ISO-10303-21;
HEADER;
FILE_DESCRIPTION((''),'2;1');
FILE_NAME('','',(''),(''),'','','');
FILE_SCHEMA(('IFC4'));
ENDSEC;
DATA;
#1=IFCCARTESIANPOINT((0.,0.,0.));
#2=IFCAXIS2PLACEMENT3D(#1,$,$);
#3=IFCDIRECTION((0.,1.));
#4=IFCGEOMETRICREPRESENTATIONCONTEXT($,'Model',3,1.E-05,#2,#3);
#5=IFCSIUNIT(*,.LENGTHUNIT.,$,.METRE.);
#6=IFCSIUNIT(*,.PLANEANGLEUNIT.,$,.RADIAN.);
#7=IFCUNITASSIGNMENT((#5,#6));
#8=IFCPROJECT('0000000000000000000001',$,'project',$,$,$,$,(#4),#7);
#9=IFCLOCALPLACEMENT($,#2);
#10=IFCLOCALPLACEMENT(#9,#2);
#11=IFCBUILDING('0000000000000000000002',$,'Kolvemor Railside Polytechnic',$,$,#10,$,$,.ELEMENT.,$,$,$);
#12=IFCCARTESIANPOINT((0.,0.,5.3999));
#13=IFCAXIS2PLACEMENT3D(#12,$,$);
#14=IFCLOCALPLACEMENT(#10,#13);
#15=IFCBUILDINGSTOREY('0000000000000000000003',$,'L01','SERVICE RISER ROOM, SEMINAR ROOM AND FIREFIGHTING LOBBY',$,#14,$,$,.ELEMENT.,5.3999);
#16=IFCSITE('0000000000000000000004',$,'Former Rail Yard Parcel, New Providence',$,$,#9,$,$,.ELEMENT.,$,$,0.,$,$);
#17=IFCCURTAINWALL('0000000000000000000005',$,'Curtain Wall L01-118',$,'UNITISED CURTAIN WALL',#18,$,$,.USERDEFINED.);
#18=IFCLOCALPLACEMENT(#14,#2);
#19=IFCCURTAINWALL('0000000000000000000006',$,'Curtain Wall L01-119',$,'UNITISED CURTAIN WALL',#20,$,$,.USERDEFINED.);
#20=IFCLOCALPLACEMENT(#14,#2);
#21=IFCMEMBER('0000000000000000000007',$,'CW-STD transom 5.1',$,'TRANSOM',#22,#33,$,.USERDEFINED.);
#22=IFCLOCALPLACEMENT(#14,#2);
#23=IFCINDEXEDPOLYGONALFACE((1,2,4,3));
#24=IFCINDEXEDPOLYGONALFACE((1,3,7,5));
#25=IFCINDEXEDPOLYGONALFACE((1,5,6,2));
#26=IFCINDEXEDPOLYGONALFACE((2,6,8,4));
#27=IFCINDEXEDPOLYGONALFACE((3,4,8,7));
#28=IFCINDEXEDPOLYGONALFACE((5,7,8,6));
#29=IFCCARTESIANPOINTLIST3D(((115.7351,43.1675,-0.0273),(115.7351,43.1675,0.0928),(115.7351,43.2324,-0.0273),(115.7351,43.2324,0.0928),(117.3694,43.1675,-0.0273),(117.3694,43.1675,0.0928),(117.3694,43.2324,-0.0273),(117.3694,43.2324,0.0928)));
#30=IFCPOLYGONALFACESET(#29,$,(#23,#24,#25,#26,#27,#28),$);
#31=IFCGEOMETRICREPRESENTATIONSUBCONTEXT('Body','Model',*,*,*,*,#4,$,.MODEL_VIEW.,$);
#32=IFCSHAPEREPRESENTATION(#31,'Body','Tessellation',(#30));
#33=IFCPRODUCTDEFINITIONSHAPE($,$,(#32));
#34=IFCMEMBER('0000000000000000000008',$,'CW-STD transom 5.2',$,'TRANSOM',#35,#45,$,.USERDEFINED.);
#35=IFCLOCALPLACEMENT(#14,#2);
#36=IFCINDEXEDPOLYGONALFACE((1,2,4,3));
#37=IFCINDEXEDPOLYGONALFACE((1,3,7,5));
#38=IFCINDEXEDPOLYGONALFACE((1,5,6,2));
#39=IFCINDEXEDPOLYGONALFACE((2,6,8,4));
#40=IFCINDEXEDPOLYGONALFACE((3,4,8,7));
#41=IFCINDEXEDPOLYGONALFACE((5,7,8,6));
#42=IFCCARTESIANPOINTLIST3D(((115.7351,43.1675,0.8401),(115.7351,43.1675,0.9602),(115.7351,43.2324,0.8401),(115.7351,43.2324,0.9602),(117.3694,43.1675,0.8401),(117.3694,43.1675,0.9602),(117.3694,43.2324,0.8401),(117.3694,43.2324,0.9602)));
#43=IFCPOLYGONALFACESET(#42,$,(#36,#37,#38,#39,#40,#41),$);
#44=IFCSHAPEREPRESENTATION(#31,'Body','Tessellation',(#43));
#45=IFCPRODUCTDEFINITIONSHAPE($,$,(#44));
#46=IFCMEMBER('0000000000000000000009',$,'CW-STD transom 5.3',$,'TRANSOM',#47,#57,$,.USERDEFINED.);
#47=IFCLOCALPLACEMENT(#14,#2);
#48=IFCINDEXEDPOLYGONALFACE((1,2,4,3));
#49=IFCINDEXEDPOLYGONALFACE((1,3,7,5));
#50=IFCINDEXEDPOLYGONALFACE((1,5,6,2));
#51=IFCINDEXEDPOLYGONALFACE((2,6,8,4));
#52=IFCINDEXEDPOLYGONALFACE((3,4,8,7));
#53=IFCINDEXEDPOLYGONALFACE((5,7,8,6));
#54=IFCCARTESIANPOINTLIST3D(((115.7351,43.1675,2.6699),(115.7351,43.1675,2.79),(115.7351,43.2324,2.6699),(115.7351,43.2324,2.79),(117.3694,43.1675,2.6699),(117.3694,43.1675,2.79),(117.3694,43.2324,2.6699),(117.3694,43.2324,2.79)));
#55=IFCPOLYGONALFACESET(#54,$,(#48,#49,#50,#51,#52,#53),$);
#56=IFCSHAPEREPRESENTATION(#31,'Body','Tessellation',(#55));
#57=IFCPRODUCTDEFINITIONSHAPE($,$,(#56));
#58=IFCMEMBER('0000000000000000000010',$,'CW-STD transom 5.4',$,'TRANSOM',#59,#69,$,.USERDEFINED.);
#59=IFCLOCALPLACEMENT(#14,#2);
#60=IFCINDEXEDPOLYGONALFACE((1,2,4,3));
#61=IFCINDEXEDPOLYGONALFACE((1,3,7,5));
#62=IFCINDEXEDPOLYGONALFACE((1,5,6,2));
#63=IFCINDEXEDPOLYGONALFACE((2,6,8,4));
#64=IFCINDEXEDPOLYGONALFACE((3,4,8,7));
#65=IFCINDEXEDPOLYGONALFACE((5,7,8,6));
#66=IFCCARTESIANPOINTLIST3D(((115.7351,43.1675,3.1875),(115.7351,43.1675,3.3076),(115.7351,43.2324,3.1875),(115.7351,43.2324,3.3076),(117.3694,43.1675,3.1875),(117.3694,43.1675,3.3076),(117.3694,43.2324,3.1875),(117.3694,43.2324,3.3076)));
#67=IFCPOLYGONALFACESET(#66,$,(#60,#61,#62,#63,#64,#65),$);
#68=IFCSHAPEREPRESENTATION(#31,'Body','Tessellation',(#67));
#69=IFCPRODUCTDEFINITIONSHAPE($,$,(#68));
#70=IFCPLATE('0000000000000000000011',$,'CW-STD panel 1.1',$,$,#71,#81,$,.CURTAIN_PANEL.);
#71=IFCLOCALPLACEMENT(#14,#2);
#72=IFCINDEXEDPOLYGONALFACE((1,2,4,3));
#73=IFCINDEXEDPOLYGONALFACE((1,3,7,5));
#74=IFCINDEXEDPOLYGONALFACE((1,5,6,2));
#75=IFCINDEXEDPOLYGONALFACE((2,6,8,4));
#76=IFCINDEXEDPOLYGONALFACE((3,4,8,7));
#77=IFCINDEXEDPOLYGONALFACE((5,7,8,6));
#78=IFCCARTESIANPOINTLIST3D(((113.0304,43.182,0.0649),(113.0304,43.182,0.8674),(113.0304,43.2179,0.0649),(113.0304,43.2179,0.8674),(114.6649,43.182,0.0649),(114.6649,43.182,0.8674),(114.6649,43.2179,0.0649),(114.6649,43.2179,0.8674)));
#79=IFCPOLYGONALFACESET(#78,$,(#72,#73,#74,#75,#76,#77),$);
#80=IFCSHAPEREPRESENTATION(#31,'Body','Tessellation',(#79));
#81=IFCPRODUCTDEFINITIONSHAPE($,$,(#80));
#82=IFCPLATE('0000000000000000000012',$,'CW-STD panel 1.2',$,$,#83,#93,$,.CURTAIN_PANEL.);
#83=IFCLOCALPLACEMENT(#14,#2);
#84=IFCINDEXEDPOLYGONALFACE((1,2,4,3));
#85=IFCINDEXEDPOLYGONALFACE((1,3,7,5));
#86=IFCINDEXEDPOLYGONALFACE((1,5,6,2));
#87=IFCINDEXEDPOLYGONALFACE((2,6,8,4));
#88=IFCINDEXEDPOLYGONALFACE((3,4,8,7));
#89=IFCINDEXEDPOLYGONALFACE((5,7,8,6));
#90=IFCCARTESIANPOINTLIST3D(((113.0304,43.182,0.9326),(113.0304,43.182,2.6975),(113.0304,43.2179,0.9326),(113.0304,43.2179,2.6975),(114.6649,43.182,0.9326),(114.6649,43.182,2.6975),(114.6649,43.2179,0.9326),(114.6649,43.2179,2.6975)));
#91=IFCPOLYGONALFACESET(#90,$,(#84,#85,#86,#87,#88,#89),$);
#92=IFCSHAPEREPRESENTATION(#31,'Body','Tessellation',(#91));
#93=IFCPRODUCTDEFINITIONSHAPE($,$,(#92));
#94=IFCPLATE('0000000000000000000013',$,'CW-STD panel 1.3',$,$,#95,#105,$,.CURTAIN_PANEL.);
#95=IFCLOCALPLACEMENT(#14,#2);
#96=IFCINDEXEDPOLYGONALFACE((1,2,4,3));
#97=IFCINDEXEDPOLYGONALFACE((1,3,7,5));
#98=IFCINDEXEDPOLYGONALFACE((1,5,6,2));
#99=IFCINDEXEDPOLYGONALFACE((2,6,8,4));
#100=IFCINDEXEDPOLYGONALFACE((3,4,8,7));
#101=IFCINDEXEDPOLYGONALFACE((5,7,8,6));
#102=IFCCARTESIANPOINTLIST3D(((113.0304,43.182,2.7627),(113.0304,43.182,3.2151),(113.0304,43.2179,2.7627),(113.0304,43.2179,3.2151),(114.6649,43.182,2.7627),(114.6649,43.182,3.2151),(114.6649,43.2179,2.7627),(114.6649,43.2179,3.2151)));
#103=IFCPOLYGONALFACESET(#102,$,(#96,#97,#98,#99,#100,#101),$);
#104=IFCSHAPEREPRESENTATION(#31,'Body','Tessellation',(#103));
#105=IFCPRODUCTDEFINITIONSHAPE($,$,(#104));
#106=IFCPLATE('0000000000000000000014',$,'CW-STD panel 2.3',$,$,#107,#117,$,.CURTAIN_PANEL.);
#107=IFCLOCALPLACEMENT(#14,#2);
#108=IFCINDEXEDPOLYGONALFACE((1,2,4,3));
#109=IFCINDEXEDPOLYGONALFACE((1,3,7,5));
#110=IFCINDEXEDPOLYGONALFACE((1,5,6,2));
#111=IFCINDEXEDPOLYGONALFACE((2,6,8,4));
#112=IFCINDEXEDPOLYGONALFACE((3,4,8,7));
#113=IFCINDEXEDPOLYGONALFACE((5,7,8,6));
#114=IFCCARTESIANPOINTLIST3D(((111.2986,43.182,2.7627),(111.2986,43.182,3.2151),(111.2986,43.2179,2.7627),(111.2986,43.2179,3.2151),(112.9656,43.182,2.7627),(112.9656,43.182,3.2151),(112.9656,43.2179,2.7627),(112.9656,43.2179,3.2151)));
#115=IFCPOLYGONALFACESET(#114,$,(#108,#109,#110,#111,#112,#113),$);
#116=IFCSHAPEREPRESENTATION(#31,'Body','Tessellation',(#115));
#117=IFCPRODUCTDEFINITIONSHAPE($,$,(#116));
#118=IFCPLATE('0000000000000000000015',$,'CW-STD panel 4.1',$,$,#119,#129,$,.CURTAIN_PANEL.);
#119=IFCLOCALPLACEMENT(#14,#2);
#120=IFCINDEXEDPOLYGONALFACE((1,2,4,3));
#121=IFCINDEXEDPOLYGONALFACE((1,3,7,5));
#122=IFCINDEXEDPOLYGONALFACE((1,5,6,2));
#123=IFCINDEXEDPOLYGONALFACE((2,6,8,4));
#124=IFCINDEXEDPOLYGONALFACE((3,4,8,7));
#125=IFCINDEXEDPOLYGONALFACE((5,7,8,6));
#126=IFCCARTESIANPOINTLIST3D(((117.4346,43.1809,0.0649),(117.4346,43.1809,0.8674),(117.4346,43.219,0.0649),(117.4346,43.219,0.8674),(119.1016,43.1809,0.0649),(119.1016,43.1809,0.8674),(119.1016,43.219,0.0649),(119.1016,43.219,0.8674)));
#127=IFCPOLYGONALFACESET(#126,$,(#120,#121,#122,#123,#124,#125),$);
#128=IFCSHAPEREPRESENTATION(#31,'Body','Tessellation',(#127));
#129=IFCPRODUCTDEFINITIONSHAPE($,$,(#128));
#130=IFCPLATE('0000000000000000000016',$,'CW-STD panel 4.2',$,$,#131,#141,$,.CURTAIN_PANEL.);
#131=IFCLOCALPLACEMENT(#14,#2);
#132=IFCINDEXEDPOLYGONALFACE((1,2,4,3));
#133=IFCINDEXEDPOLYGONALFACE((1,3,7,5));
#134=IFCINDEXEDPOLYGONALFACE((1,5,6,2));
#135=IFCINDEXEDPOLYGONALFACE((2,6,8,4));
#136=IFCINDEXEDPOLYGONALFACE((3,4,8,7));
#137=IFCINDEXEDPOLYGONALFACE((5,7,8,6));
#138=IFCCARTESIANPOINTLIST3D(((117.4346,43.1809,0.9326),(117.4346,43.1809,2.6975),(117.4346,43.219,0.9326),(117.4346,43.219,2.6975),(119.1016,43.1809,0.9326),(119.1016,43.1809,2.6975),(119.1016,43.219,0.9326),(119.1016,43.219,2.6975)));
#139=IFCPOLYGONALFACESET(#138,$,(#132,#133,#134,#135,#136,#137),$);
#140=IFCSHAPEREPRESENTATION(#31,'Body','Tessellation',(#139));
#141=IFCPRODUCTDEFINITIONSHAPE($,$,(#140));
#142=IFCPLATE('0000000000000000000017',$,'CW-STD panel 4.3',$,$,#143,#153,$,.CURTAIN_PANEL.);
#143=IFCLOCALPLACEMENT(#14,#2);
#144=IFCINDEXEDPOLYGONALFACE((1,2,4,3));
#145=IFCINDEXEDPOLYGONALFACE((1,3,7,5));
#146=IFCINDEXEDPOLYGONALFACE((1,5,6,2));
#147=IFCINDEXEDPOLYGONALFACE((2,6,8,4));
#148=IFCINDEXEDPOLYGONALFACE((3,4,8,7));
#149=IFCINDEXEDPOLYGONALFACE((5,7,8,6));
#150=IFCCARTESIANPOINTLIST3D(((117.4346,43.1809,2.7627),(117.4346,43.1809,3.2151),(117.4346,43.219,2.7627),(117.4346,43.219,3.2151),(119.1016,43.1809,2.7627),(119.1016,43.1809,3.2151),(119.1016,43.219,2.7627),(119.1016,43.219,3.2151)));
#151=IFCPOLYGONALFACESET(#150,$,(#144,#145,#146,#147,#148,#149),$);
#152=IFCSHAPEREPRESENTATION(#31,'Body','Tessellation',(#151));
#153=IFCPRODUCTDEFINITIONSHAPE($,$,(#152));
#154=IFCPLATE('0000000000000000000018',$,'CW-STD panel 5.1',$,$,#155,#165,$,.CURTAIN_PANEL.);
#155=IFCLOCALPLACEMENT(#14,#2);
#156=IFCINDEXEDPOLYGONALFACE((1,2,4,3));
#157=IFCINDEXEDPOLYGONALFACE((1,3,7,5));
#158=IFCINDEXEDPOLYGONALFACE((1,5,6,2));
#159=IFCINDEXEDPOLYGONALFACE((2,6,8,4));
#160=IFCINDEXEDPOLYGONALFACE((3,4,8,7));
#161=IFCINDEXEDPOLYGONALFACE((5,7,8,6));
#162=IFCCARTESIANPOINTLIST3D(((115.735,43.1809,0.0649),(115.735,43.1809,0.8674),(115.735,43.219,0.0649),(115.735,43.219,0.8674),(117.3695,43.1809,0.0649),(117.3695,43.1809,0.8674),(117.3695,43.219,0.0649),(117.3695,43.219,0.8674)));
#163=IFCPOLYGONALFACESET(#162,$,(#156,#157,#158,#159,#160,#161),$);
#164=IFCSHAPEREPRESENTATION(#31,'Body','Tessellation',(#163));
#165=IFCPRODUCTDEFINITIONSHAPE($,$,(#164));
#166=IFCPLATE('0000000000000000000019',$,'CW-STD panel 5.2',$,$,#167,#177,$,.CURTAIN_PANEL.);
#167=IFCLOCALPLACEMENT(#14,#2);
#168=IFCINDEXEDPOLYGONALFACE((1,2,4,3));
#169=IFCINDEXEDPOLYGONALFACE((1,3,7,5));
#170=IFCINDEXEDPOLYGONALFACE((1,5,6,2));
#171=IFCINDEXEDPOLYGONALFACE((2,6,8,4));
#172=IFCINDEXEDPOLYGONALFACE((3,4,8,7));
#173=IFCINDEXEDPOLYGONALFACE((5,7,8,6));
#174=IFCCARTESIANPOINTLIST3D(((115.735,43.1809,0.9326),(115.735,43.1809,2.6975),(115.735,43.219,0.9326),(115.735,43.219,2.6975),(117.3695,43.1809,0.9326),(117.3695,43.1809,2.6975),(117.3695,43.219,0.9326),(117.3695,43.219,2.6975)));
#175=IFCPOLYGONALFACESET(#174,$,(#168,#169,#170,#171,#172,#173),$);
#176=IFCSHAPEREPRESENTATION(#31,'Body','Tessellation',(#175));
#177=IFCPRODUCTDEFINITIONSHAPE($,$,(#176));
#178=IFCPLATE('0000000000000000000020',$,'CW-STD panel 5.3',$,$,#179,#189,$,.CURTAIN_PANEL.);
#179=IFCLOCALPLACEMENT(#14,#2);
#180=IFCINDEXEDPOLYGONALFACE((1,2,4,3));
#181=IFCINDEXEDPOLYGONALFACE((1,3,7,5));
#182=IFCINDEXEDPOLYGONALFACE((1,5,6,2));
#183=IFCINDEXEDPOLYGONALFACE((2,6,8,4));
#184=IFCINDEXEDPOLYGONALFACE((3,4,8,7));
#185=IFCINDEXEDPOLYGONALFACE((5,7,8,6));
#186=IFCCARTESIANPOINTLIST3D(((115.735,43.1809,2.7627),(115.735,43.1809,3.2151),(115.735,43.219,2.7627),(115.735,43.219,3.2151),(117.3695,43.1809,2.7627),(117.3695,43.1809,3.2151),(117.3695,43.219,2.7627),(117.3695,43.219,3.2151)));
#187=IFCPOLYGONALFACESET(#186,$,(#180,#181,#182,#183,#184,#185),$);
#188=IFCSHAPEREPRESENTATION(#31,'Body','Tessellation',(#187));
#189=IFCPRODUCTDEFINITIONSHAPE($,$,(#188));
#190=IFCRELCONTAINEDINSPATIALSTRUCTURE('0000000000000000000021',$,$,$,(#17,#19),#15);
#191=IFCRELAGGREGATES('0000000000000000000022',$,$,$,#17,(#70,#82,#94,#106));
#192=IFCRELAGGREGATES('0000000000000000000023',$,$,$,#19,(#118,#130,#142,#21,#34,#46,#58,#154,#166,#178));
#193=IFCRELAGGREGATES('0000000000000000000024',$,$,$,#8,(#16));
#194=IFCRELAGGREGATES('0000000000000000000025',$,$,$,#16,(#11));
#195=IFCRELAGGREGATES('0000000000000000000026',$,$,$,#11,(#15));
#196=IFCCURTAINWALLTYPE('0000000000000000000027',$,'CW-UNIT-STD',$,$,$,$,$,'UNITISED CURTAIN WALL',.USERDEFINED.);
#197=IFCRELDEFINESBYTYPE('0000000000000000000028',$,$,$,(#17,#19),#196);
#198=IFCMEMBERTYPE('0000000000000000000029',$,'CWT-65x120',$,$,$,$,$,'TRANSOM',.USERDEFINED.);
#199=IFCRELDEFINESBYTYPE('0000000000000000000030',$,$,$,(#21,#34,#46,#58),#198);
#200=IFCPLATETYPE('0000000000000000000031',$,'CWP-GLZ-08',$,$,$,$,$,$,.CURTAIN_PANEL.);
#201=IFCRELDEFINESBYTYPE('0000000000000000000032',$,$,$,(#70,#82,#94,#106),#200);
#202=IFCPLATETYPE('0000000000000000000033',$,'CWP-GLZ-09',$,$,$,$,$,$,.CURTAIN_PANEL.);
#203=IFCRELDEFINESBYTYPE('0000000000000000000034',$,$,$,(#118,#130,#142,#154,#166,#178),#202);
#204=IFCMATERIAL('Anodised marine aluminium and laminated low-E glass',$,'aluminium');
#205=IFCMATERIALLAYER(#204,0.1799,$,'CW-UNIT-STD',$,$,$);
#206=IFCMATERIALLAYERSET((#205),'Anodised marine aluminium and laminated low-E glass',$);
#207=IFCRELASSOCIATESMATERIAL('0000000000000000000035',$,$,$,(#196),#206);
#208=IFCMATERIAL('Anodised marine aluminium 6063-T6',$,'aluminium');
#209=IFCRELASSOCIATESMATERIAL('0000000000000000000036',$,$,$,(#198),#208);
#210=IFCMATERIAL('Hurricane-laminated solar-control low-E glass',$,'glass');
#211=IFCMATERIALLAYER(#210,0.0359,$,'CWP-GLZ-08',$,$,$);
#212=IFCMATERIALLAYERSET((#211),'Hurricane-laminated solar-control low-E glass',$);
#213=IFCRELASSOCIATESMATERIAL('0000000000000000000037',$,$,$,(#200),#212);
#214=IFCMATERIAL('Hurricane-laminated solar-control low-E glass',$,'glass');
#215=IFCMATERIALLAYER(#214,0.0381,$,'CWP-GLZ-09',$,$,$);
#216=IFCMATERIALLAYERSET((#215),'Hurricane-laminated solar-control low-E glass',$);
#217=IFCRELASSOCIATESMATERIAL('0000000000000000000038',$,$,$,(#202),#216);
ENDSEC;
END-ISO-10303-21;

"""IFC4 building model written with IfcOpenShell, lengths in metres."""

from ifc_helpers import new_model, si_unit, direction, frame, origin, origin_2d, place, context, subcontext, project, spatial, rectangle, extrude, material, layer, layer_set, material_profile, profile_set, type_object, element, aggregate, save


model = new_model("IFC4")

# Units and contexts
model_context = context("Model", 3, precision=1e-05, world=origin(), true_north=direction((0.0, 1.0)))
body_context = subcontext(model_context, "Body", "Model", "MODEL_VIEW")
ifc_project = project(units=[si_unit("LENGTHUNIT", "METRE"), si_unit("PLANEANGLEUNIT", "RADIAN")], contexts=[model_context])

# Site, building, storey
site_placement = place(None, origin())
site = spatial("IfcSite", under=ifc_project, at=site_placement, Name="Former Rail Yard Parcel, New Providence", CompositionType="ELEMENT", RefElevation=0.0)
building_placement = place(site_placement, origin())
building = spatial("IfcBuilding", under=site, at=building_placement, Name="Kolvemor Railside Polytechnic", CompositionType="ELEMENT")
storey_placement = place(building_placement, frame((0.0, 0.0, 5.3999)))
storey = spatial("IfcBuildingStorey", under=building, at=storey_placement, Name="L01", Description="SERVICE RISER ROOM, SEMINAR ROOM AND FIREFIGHTING LOBBY", CompositionType="ELEMENT", Elevation=5.3999)

# Curtain walls
ifc_material_1 = material(Name="Anodised marine aluminium and laminated low-E glass", Category="aluminium")
ifc_layer_1 = layer(ifc_material_1, 0.1799, Name="CW-UNIT-STD")
ifc_layer_set_1 = layer_set([ifc_layer_1], Name="Anodised marine aluminium and laminated low-E glass")
curtain_wall_type = type_object("IfcCurtainWallType", Name="CW-UNIT-STD", ElementType="UNITISED CURTAIN WALL", PredefinedType="USERDEFINED", material=ifc_layer_set_1)
curtain_wall_1_placement = place(storey_placement, origin())
curtain_wall_1 = element("IfcCurtainWall", 1, at=curtain_wall_1_placement, inside=storey, type_object=curtain_wall_type, Name="Curtain Wall L01-118", ObjectType="UNITISED CURTAIN WALL", PredefinedType="USERDEFINED")
curtain_wall_2_placement = place(storey_placement, origin())
curtain_wall_2 = element("IfcCurtainWall", 2, at=curtain_wall_2_placement, inside=storey, type_object=curtain_wall_type, Name="Curtain Wall L01-119", ObjectType="UNITISED CURTAIN WALL", PredefinedType="USERDEFINED")

# Members
ifc_material_2 = material(Name="Anodised marine aluminium 6063-T6", Category="aluminium")
ifc_material_profile_1 = material_profile(ifc_material_2, rectangle(XDim=0.0649, YDim=0.1201, at=origin_2d()), Name="CW-TRN-65x120")
ifc_profile_set_1 = profile_set([ifc_material_profile_1], Name="Anodised marine aluminium 6063-T6")
member_type_1 = type_object("IfcMemberType", Name="CWT-65x120", ElementType="TRANSOM", PredefinedType="USERDEFINED", material=ifc_profile_set_1)
member_1_placement = place(storey_placement, frame((117.3694, 43.2, 0.0327), z_axis=(-1.0, 0.0, 0.0), x_axis=(0.0, -1.0, 0.0)))
member_1 = element("IfcMember", 3, at=member_1_placement, type_object=member_type_1, Name="CW-STD transom 5.1", ObjectType="TRANSOM", PredefinedType="USERDEFINED", context=body_context, shape_type="SweptSolid", body=[
    extrude(rectangle(XDim=0.0649, YDim=0.1201, at=origin_2d()), origin(), (0.0, 0.0, 1.0), 1.6343),
])
member_2_placement = place(storey_placement, frame((117.3694, 43.2, 0.9001), z_axis=(-1.0, 0.0, 0.0), x_axis=(0.0, -1.0, 0.0)))
member_2 = element("IfcMember", 4, at=member_2_placement, type_object=member_type_1, Name="CW-STD transom 5.2", ObjectType="TRANSOM", PredefinedType="USERDEFINED", context=body_context, shape_type="SweptSolid", body=[
    extrude(rectangle(XDim=0.0649, YDim=0.1201, at=origin_2d()), origin(), (0.0, 0.0, 1.0), 1.6343),
])
member_3_placement = place(storey_placement, frame((117.3694, 43.2, 2.73), z_axis=(-1.0, 0.0, 0.0), x_axis=(0.0, -1.0, 0.0)))
member_3 = element("IfcMember", 5, at=member_3_placement, type_object=member_type_1, Name="CW-STD transom 5.3", ObjectType="TRANSOM", PredefinedType="USERDEFINED", context=body_context, shape_type="SweptSolid", body=[
    extrude(rectangle(XDim=0.0649, YDim=0.1201, at=origin_2d()), origin(), (0.0, 0.0, 1.0), 1.6343),
])
member_4_placement = place(storey_placement, frame((117.3694, 43.2, 3.2476), z_axis=(-1.0, 0.0, 0.0), x_axis=(0.0, -1.0, 0.0)))
member_4 = element("IfcMember", 6, at=member_4_placement, type_object=member_type_1, Name="CW-STD transom 5.4", ObjectType="TRANSOM", PredefinedType="USERDEFINED", context=body_context, shape_type="SweptSolid", body=[
    extrude(rectangle(XDim=0.0649, YDim=0.1201, at=origin_2d()), origin(), (0.0, 0.0, 1.0), 1.6343),
])

# Plates
ifc_material_3 = material(Name="Hurricane-laminated solar-control low-E glass", Category="glass")
ifc_layer_2 = layer(ifc_material_3, 0.0359, Name="CWP-GLZ-08")
ifc_layer_set_2 = layer_set([ifc_layer_2], Name="Hurricane-laminated solar-control low-E glass")
plate_type_1 = type_object("IfcPlateType", Name="CWP-GLZ-08", PredefinedType="CURTAIN_PANEL", material=ifc_layer_set_2)
plate_1_placement = place(storey_placement, frame((113.8477, 43.2, 0.0649), z_axis=(0.0, 0.0, 1.0), x_axis=(-1.0, 0.0, 0.0)))
plate_1 = element("IfcPlate", 7, at=plate_1_placement, type_object=plate_type_1, Name="CW-STD panel 1.1", PredefinedType="CURTAIN_PANEL", context=body_context, shape_type="SweptSolid", body=[
    extrude(rectangle(XDim=1.6345, YDim=0.0359, at=origin_2d()), origin(), (0.0, 0.0, 1.0), 0.8025),
])
plate_2_placement = place(storey_placement, frame((113.8477, 43.2, 0.9326), z_axis=(0.0, 0.0, 1.0), x_axis=(-1.0, 0.0, 0.0)))
plate_2 = element("IfcPlate", 8, at=plate_2_placement, type_object=plate_type_1, Name="CW-STD panel 1.2", PredefinedType="CURTAIN_PANEL", context=body_context, shape_type="SweptSolid", body=[
    extrude(rectangle(XDim=1.6345, YDim=0.0359, at=origin_2d()), origin(), (0.0, 0.0, 1.0), 1.7649),
])
plate_3_placement = place(storey_placement, frame((113.8477, 43.2, 2.7627), z_axis=(0.0, 0.0, 1.0), x_axis=(-1.0, 0.0, 0.0)))
plate_3 = element("IfcPlate", 9, at=plate_3_placement, type_object=plate_type_1, Name="CW-STD panel 1.3", PredefinedType="CURTAIN_PANEL", context=body_context, shape_type="SweptSolid", body=[
    extrude(rectangle(XDim=1.6345, YDim=0.0359, at=origin_2d()), origin(), (0.0, 0.0, 1.0), 0.4524),
])
plate_4_placement = place(storey_placement, frame((112.1321, 43.2, 2.7627), z_axis=(0.0, 0.0, 1.0), x_axis=(-1.0, 0.0, 0.0)))
plate_4 = element("IfcPlate", 10, at=plate_4_placement, type_object=plate_type_1, Name="CW-STD panel 2.3", PredefinedType="CURTAIN_PANEL", context=body_context, shape_type="SweptSolid", body=[
    extrude(rectangle(XDim=1.667, YDim=0.0359, at=origin_2d()), origin(), (0.0, 0.0, 1.0), 0.4524),
])
aggregate(curtain_wall_1, [plate_1, plate_2, plate_3, plate_4])
ifc_material_4 = material(Name="Hurricane-laminated solar-control low-E glass", Category="glass")
ifc_layer_3 = layer(ifc_material_4, 0.0381, Name="CWP-GLZ-09")
ifc_layer_set_3 = layer_set([ifc_layer_3], Name="Hurricane-laminated solar-control low-E glass")
plate_type_2 = type_object("IfcPlateType", Name="CWP-GLZ-09", PredefinedType="CURTAIN_PANEL", material=ifc_layer_set_3)
plate_5_placement = place(storey_placement, frame((118.2681, 43.2, 0.0649), z_axis=(0.0, 0.0, 1.0), x_axis=(-1.0, 0.0, 0.0)))
plate_5 = element("IfcPlate", 11, at=plate_5_placement, type_object=plate_type_2, Name="CW-STD panel 4.1", PredefinedType="CURTAIN_PANEL", context=body_context, shape_type="SweptSolid", body=[
    extrude(rectangle(XDim=1.667, YDim=0.0381, at=origin_2d()), origin(), (0.0, 0.0, 1.0), 0.8025),
])
plate_6_placement = place(storey_placement, frame((118.2681, 43.2, 0.9326), z_axis=(0.0, 0.0, 1.0), x_axis=(-1.0, 0.0, 0.0)))
plate_6 = element("IfcPlate", 12, at=plate_6_placement, type_object=plate_type_2, Name="CW-STD panel 4.2", PredefinedType="CURTAIN_PANEL", context=body_context, shape_type="SweptSolid", body=[
    extrude(rectangle(XDim=1.667, YDim=0.0381, at=origin_2d()), origin(), (0.0, 0.0, 1.0), 1.7649),
])
plate_7_placement = place(storey_placement, frame((118.2681, 43.2, 2.7627), z_axis=(0.0, 0.0, 1.0), x_axis=(-1.0, 0.0, 0.0)))
plate_7 = element("IfcPlate", 13, at=plate_7_placement, type_object=plate_type_2, Name="CW-STD panel 4.3", PredefinedType="CURTAIN_PANEL", context=body_context, shape_type="SweptSolid", body=[
    extrude(rectangle(XDim=1.667, YDim=0.0381, at=origin_2d()), origin(), (0.0, 0.0, 1.0), 0.4524),
])
plate_8_placement = place(storey_placement, frame((116.5522, 43.2, 0.0649), z_axis=(0.0, 0.0, 1.0), x_axis=(-1.0, 0.0, 0.0)))
plate_8 = element("IfcPlate", 14, at=plate_8_placement, type_object=plate_type_2, Name="CW-STD panel 5.1", PredefinedType="CURTAIN_PANEL", context=body_context, shape_type="SweptSolid", body=[
    extrude(rectangle(XDim=1.6345, YDim=0.0381, at=origin_2d()), origin(), (0.0, 0.0, 1.0), 0.8025),
])
plate_9_placement = place(storey_placement, frame((116.5522, 43.2, 0.9326), z_axis=(0.0, 0.0, 1.0), x_axis=(-1.0, 0.0, 0.0)))
plate_9 = element("IfcPlate", 15, at=plate_9_placement, type_object=plate_type_2, Name="CW-STD panel 5.2", PredefinedType="CURTAIN_PANEL", context=body_context, shape_type="SweptSolid", body=[
    extrude(rectangle(XDim=1.6345, YDim=0.0381, at=origin_2d()), origin(), (0.0, 0.0, 1.0), 1.7649),
])
plate_10_placement = place(storey_placement, frame((116.5522, 43.2, 2.7627), z_axis=(0.0, 0.0, 1.0), x_axis=(-1.0, 0.0, 0.0)))
plate_10 = element("IfcPlate", 16, at=plate_10_placement, type_object=plate_type_2, Name="CW-STD panel 5.3", PredefinedType="CURTAIN_PANEL", context=body_context, shape_type="SweptSolid", body=[
    extrude(rectangle(XDim=1.6345, YDim=0.0381, at=origin_2d()), origin(), (0.0, 0.0, 1.0), 0.4524),
])
aggregate(curtain_wall_2, [plate_5, plate_6, plate_7, member_1, member_2, member_3, member_4, plate_8, plate_9, plate_10])

save(model, "model.ifc")
